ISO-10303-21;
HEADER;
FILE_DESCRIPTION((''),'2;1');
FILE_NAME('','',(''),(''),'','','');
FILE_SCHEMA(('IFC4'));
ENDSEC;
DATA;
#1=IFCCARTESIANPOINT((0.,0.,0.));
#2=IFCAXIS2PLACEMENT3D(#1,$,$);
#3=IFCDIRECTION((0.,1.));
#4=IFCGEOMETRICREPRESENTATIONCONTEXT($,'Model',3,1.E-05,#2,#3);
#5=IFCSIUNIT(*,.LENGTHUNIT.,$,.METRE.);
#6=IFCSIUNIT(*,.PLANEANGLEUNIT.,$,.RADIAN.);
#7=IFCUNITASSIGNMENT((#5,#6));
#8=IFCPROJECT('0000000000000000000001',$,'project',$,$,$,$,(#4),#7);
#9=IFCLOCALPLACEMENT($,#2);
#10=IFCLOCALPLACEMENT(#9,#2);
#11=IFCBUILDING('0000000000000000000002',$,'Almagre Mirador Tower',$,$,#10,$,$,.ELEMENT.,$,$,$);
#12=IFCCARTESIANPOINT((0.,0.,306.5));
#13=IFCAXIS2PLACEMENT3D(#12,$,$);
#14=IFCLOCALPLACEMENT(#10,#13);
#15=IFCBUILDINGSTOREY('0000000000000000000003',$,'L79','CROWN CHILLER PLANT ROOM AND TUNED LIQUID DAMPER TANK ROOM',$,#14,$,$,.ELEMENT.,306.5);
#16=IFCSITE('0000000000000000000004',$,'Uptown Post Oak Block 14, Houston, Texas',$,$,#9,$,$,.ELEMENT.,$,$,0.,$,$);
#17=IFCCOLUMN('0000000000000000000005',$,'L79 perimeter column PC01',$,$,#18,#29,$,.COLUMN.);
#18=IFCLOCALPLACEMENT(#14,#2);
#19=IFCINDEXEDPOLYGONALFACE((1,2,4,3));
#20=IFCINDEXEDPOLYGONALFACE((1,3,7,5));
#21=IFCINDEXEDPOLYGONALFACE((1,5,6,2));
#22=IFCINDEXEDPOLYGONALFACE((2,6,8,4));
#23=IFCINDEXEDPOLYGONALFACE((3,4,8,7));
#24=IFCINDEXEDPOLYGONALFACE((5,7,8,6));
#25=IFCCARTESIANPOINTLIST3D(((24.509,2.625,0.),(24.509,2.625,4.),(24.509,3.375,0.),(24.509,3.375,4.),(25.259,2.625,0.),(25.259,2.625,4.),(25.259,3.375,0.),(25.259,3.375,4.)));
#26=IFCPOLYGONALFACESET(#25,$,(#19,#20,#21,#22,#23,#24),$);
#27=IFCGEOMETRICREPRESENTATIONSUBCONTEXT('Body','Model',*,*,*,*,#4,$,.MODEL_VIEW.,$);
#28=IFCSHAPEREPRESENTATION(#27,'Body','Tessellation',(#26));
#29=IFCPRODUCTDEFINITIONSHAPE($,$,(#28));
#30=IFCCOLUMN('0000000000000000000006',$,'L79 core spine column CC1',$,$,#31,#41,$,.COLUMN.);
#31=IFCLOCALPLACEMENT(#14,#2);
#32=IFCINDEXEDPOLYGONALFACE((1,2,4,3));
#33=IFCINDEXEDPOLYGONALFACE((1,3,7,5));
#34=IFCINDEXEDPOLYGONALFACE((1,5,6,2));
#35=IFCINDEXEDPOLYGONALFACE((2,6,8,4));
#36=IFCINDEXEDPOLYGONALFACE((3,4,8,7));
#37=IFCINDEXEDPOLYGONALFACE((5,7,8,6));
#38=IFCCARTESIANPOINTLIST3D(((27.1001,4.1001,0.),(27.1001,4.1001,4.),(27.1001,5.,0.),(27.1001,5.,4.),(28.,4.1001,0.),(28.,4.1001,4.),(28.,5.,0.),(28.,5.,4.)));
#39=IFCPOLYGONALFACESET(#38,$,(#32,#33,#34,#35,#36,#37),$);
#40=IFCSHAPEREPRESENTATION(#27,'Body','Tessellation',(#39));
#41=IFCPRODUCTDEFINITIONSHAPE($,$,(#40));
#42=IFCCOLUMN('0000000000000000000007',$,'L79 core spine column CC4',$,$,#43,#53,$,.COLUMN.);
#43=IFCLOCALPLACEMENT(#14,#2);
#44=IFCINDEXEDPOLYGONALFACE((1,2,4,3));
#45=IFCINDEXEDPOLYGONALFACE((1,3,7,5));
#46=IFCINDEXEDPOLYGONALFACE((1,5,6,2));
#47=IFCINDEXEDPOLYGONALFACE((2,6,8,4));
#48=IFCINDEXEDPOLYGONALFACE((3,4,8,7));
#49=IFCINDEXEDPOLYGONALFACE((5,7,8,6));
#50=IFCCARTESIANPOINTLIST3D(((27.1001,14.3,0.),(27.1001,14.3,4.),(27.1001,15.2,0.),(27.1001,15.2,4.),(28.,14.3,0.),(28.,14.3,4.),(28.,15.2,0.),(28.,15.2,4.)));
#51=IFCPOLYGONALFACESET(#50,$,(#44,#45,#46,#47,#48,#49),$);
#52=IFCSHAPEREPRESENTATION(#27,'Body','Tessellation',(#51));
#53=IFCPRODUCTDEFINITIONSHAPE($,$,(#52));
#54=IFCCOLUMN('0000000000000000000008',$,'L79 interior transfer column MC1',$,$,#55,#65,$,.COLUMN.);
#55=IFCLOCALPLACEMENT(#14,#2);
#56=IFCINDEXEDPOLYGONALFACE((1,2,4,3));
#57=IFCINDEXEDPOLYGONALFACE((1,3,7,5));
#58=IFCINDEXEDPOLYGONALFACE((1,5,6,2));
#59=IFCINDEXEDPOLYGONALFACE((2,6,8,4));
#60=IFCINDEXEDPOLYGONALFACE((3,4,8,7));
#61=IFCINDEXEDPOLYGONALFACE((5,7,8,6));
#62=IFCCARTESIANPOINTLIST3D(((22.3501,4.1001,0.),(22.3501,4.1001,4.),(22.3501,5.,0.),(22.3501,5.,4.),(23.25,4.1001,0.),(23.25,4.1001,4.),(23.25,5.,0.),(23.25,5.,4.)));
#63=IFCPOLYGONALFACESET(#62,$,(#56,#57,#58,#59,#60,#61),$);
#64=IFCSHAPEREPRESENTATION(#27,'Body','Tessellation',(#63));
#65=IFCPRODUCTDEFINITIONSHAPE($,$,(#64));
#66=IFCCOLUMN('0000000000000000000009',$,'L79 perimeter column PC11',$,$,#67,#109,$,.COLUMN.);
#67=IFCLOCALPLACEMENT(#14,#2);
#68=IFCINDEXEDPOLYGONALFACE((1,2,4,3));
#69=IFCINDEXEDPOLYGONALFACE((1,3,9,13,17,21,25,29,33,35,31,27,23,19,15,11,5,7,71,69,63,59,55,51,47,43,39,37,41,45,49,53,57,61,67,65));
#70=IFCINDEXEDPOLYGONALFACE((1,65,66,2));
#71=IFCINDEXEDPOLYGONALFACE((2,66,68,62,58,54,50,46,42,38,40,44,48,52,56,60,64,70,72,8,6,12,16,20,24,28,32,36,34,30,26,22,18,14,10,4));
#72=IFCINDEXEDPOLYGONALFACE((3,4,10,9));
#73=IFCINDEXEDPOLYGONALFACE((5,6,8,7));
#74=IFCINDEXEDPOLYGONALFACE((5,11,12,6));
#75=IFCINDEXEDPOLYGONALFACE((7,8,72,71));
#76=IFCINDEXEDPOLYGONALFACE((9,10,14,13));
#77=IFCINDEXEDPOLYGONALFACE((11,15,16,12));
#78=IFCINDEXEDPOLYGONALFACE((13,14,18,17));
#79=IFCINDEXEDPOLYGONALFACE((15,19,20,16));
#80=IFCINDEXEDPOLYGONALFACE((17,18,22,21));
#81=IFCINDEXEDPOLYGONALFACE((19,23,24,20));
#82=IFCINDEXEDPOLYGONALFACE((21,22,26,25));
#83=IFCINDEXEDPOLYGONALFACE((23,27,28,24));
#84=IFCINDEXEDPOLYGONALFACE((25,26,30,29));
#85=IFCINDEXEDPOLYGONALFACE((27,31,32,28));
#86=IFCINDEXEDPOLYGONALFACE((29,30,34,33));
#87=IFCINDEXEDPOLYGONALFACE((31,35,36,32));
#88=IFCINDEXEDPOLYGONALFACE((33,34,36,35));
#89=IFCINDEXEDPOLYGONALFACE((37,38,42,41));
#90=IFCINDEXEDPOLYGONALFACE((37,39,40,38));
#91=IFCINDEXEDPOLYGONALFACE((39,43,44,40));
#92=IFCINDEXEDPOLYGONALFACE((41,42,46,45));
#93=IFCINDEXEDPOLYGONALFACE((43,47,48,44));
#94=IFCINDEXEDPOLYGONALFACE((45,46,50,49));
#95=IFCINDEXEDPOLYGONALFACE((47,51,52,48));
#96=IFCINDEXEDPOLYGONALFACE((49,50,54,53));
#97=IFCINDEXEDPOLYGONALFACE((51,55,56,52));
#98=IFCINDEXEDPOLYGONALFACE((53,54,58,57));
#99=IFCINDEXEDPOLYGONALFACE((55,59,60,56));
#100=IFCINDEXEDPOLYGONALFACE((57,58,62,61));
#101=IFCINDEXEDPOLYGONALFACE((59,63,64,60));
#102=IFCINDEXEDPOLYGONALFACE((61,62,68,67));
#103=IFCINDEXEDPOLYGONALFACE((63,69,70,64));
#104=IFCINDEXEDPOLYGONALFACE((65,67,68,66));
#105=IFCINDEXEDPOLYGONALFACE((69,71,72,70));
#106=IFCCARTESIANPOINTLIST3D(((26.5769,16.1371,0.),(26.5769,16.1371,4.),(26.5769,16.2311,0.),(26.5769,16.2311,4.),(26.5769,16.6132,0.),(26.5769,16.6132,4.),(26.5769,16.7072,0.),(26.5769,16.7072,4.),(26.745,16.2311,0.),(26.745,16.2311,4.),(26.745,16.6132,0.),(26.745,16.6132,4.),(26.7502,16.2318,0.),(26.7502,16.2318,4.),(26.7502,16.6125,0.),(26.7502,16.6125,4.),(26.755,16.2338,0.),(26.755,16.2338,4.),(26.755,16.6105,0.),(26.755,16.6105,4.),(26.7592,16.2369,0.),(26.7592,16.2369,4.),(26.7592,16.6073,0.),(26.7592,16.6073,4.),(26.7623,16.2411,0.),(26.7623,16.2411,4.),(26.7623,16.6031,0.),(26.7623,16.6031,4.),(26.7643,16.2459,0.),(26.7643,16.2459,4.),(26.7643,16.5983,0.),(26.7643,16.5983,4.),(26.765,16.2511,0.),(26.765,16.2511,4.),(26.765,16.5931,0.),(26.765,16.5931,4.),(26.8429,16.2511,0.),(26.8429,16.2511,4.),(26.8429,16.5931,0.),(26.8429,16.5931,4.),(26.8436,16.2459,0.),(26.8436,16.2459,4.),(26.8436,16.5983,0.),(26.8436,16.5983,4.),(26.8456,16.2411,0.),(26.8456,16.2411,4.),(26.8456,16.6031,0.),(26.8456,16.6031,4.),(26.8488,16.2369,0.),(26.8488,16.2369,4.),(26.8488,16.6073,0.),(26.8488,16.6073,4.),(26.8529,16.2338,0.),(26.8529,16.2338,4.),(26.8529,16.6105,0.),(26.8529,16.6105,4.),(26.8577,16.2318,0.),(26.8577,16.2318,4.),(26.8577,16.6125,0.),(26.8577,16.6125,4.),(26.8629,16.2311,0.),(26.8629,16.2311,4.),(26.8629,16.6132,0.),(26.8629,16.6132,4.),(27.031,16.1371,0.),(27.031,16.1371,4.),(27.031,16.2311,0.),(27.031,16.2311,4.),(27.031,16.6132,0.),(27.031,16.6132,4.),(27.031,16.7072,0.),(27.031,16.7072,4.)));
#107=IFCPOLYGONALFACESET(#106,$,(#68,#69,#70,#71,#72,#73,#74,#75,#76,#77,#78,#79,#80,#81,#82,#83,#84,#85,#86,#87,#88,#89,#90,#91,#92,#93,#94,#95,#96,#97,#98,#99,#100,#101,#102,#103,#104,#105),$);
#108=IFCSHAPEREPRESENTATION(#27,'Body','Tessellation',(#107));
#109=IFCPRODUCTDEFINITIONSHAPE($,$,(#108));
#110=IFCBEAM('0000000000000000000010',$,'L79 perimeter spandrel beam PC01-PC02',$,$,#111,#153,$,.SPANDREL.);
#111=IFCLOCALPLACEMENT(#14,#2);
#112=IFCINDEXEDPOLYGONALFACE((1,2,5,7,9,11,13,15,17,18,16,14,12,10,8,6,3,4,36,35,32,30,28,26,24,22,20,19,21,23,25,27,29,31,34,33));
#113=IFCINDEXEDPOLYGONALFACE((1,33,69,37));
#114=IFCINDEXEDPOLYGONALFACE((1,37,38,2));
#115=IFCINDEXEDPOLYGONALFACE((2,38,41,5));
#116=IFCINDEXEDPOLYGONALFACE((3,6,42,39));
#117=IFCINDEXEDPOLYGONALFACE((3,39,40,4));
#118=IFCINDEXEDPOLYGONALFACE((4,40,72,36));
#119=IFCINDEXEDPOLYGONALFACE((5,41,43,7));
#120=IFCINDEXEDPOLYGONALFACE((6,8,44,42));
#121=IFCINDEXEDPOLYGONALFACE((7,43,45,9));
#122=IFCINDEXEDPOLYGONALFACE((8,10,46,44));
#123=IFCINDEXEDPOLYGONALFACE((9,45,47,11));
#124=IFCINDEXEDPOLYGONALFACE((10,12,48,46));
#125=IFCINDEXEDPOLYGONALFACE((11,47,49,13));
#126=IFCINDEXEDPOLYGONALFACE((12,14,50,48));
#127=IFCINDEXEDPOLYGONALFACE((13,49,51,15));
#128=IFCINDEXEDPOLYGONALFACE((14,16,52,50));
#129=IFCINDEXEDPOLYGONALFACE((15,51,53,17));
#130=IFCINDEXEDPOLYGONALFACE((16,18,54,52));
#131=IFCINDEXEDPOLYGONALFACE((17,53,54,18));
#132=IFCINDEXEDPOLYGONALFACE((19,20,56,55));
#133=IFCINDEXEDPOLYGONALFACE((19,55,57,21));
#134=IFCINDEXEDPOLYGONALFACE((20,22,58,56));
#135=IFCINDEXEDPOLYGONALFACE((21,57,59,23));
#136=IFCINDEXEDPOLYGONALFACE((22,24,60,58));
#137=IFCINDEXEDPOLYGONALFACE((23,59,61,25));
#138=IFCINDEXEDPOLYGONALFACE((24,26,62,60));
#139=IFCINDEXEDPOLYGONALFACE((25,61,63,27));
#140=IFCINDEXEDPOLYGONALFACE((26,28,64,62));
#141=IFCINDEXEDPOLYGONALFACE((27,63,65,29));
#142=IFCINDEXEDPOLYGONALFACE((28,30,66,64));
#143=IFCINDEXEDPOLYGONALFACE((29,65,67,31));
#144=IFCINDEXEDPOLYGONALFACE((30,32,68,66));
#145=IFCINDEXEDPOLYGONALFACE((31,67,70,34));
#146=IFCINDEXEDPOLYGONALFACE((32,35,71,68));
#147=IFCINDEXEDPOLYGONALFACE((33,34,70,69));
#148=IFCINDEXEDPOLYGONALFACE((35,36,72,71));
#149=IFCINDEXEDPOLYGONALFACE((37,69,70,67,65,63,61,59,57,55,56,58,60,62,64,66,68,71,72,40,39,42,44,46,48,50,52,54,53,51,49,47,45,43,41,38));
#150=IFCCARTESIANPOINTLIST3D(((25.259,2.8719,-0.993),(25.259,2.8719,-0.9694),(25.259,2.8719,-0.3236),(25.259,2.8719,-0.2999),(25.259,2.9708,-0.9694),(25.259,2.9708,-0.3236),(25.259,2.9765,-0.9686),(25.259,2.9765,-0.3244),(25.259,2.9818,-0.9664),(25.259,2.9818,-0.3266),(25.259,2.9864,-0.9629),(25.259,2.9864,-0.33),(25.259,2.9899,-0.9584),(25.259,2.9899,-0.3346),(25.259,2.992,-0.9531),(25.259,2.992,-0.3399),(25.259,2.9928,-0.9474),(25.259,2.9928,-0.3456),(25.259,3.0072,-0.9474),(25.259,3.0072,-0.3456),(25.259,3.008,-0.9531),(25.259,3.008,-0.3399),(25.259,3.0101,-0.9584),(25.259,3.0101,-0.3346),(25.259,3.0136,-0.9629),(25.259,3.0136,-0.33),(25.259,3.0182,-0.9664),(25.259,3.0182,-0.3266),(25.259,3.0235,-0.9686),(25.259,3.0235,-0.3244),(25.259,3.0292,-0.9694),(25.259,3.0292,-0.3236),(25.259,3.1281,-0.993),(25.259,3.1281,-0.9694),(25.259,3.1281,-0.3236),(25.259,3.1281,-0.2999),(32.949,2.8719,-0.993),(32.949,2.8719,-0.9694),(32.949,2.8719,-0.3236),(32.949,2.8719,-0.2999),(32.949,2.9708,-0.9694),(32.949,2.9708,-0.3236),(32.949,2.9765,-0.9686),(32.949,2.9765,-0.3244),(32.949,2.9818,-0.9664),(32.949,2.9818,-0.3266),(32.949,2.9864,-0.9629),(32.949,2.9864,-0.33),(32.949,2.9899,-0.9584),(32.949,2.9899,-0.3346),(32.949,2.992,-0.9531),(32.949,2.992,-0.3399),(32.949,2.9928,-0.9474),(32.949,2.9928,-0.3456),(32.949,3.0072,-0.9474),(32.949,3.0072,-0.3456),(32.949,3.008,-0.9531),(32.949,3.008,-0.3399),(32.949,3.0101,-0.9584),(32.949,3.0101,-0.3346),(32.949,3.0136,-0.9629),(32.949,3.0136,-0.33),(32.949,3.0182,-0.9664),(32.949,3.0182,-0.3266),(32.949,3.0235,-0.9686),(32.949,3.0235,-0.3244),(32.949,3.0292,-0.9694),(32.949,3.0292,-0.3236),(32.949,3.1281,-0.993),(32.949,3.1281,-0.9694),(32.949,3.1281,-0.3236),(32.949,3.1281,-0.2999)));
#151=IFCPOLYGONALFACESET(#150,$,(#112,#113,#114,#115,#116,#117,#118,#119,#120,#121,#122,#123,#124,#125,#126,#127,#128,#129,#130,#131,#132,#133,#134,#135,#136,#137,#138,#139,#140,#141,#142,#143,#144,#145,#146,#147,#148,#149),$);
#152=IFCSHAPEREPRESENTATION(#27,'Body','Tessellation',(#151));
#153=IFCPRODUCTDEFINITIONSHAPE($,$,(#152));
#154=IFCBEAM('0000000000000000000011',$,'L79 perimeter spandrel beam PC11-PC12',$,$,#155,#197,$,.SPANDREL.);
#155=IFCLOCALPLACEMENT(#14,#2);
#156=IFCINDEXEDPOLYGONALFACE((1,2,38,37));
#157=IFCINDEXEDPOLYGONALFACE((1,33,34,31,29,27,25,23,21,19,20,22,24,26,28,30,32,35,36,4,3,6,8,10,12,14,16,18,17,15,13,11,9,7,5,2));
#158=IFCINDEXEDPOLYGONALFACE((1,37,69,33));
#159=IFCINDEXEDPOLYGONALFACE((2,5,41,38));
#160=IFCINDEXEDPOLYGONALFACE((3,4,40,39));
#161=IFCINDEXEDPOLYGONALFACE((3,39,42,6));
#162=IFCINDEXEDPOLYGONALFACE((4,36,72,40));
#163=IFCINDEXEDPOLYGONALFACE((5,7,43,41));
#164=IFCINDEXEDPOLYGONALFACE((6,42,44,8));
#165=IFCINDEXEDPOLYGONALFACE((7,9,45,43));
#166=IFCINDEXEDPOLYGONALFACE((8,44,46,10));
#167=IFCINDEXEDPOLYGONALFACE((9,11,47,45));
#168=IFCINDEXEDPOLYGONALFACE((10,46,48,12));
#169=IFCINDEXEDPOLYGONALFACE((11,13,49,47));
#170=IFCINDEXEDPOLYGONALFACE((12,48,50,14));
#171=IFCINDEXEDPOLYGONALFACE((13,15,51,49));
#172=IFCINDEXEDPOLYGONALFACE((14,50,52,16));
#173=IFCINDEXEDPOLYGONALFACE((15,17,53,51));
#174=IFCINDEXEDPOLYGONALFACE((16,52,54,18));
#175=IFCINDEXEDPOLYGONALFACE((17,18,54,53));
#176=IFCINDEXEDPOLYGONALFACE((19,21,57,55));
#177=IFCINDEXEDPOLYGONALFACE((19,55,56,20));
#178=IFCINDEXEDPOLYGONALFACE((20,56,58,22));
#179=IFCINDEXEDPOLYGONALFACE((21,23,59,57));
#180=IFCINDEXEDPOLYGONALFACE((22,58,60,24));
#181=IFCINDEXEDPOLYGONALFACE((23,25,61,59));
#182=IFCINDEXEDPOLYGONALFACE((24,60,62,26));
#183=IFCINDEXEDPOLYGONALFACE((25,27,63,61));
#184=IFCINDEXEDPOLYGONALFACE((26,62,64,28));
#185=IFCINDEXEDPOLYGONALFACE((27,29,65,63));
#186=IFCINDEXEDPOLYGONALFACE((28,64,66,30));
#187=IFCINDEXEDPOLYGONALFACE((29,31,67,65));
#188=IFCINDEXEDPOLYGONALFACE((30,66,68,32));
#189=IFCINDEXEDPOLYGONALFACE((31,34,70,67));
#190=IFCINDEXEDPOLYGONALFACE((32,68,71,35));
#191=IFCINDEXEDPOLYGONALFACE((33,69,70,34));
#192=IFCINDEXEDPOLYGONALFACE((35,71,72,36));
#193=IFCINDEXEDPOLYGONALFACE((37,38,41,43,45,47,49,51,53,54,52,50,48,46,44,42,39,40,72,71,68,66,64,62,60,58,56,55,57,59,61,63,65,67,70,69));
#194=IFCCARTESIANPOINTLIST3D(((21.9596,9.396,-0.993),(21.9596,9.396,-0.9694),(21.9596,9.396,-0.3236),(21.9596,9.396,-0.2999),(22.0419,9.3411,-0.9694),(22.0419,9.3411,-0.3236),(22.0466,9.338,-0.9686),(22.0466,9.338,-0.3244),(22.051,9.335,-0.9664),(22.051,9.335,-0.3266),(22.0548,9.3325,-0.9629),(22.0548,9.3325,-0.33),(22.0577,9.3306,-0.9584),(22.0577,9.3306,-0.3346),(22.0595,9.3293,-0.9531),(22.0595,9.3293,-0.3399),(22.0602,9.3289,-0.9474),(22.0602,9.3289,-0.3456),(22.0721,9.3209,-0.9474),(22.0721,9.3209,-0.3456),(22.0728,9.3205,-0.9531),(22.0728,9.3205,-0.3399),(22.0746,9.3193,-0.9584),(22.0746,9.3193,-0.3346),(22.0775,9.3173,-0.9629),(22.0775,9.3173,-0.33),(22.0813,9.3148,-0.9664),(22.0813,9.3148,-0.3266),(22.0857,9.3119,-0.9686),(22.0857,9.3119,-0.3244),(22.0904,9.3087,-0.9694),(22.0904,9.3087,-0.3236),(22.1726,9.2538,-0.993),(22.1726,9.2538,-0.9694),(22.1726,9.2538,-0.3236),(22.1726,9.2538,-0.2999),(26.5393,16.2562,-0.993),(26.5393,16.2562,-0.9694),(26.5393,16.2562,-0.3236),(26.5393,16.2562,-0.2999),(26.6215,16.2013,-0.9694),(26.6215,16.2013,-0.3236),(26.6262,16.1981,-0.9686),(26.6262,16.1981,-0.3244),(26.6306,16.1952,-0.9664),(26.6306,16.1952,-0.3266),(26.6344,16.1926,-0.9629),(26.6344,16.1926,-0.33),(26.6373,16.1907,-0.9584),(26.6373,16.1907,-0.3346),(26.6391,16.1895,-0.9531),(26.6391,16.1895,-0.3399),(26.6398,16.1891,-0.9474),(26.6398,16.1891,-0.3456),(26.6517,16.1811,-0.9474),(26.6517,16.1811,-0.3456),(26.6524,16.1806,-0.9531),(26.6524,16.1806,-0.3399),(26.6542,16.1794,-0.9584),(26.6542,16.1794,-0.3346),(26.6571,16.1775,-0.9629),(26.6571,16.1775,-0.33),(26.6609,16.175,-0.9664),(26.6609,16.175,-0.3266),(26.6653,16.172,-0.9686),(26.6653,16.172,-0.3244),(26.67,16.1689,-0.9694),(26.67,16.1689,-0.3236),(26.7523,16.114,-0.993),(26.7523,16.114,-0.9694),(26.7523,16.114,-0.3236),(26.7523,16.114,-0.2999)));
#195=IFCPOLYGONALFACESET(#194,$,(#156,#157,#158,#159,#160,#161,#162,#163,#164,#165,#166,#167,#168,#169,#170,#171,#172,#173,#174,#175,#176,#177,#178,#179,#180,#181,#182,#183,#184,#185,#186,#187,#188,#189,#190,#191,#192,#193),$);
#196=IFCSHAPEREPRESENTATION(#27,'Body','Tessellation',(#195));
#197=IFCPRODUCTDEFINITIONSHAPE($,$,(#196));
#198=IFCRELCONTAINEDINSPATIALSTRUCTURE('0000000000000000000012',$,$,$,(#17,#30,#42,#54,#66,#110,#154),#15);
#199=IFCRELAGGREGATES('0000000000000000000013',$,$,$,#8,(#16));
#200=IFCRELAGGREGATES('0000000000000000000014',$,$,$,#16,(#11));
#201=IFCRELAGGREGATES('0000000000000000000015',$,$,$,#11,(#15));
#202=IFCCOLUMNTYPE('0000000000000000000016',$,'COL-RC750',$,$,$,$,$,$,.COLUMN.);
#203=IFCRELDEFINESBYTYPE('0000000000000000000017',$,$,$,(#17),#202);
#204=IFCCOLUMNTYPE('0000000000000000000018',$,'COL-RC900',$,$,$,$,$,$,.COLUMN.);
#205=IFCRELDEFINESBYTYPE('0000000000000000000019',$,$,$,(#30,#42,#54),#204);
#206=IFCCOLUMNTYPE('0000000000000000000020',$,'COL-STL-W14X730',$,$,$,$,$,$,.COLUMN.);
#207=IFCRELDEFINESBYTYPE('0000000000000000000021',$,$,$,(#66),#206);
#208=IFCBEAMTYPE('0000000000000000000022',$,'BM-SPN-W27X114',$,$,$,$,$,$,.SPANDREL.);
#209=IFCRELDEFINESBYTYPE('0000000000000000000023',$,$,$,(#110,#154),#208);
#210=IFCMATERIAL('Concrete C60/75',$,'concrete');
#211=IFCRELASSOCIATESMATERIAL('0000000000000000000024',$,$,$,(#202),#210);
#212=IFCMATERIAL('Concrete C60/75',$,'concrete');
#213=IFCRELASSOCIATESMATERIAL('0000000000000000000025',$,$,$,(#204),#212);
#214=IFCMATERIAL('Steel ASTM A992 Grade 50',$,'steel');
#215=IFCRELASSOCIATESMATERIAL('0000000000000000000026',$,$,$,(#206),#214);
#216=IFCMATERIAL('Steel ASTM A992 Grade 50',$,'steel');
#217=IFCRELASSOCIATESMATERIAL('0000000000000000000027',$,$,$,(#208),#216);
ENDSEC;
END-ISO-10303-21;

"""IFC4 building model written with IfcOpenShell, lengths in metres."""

from ifc_helpers import new_model, si_unit, direction, frame, origin, origin_2d, place, context, subcontext, project, spatial, rectangle, i_section, extrude, material, material_profile, profile_set, type_object, element, save


model = new_model("IFC4")

# Units and contexts
model_context = context("Model", 3, precision=1e-05, world=origin(), true_north=direction((0.0, 1.0)))
body_context = subcontext(model_context, "Body", "Model", "MODEL_VIEW")
ifc_project = project(units=[si_unit("LENGTHUNIT", "METRE"), si_unit("PLANEANGLEUNIT", "RADIAN")], contexts=[model_context])

# Site, building, storey
site_placement = place(None, origin())
site = spatial("IfcSite", under=ifc_project, at=site_placement, Name="Uptown Post Oak Block 14, Houston, Texas", CompositionType="ELEMENT", RefElevation=0.0)
building_placement = place(site_placement, origin())
building = spatial("IfcBuilding", under=site, at=building_placement, Name="Almagre Mirador Tower", CompositionType="ELEMENT")
storey_placement = place(building_placement, frame((0.0, 0.0, 306.5)))
storey = spatial("IfcBuildingStorey", under=building, at=storey_placement, Name="L79", Description="CROWN CHILLER PLANT ROOM AND TUNED LIQUID DAMPER TANK ROOM", CompositionType="ELEMENT", Elevation=306.5)

# Columns
ifc_material_1 = material(Name="Concrete C60/75", Category="concrete")
ifc_material_profile_1 = material_profile(ifc_material_1, rectangle(XDim=0.75, YDim=0.75, at=origin_2d()), Name="RC750X750")
ifc_profile_set_1 = profile_set([ifc_material_profile_1], Name="Concrete C60/75")
column_type_1 = type_object("IfcColumnType", Name="COL-RC750", PredefinedType="COLUMN", material=ifc_profile_set_1)
column_1_placement = place(storey_placement, frame((24.884, 3.0, 0.0), z_axis=(0.0, 0.0, 1.0), x_axis=(1.0, 0.0, 0.0)))
element("IfcColumn", 1, at=column_1_placement, inside=storey, type_object=column_type_1, Name="L79 perimeter column PC01", PredefinedType="COLUMN", context=body_context, shape_type="SweptSolid", body=[
    extrude(rectangle(XDim=0.75, YDim=0.75, at=origin_2d()), origin(), (0.0, 0.0, 1.0), 4.0),
])
ifc_material_2 = material(Name="Concrete C60/75", Category="concrete")
ifc_material_profile_2 = material_profile(ifc_material_2, rectangle(XDim=0.8999, YDim=0.8999, at=origin_2d()), Name="RC900X900")
ifc_profile_set_2 = profile_set([ifc_material_profile_2], Name="Concrete C60/75")
column_type_2 = type_object("IfcColumnType", Name="COL-RC900", PredefinedType="COLUMN", material=ifc_profile_set_2)
for number, where, z_axis, x_axis, name in (
    (2, (27.55, 4.55, 0.0), (0.0, 0.0, 1.0), (1.0, 0.0, 0.0), "L79 core spine column CC1"),
    (3, (27.55, 14.75, 0.0), (0.0, 0.0, 1.0), (1.0, 0.0, 0.0), "L79 core spine column CC4"),
    (4, (22.8, 4.55, 0.0), (0.0, 0.0, 1.0), (1.0, 0.0, 0.0), "L79 interior transfer column MC1"),
):
    element("IfcColumn", number, at=place(storey_placement, frame(where, z_axis=z_axis, x_axis=x_axis)), inside=storey, type_object=column_type_2, Name=name, PredefinedType="COLUMN", context=body_context, shape_type="SweptSolid", body=[
        extrude(rectangle(XDim=0.8999, YDim=0.8999, at=origin_2d()), origin(), (0.0, 0.0, 1.0), 4.0),
    ])
ifc_material_3 = material(Name="Steel ASTM A992 Grade 50", Category="steel")
ifc_material_profile_3 = material_profile(ifc_material_3, i_section(OverallWidth=0.4541, OverallDepth=0.5701, WebThickness=0.0779, FlangeThickness=0.094, FilletRadius=0.02, at=origin_2d()), Name="W14X730")
ifc_profile_set_3 = profile_set([ifc_material_profile_3], Name="Steel ASTM A992 Grade 50")
column_type_3 = type_object("IfcColumnType", Name="COL-STL-W14X730", PredefinedType="COLUMN", material=ifc_profile_set_3)
column_2_placement = place(storey_placement, frame((26.804, 16.4221, 0.0), z_axis=(0.0, 0.0, 1.0), x_axis=(1.0, 0.0, 0.0)))
element("IfcColumn", 5, at=column_2_placement, inside=storey, type_object=column_type_3, Name="L79 perimeter column PC11", PredefinedType="COLUMN", context=body_context, shape_type="SweptSolid", body=[
    extrude(i_section(OverallWidth=0.4541, OverallDepth=0.5701, WebThickness=0.0779, FlangeThickness=0.094, FilletRadius=0.02, at=origin_2d()), origin(), (0.0, 0.0, 1.0), 4.0),
])

# Beams
ifc_material_4 = material(Name="Steel ASTM A992 Grade 50", Category="steel")
ifc_material_profile_4 = material_profile(ifc_material_4, i_section(OverallWidth=0.2561, OverallDepth=0.6931, WebThickness=0.0144, FlangeThickness=0.0237, FilletRadius=0.022, at=origin_2d()), Name="W27X114")
ifc_profile_set_4 = profile_set([ifc_material_profile_4], Name="Steel ASTM A992 Grade 50")
beam_type_1 = type_object("IfcBeamType", Name="BM-SPN-W27X114", PredefinedType="SPANDREL", material=ifc_profile_set_4)
beam_1_placement = place(storey_placement, frame((25.259, 3.0, -0.6465), z_axis=(1.0, 0.0, 0.0), x_axis=(0.0, 1.0, 0.0)))
element("IfcBeam", 6, at=beam_1_placement, inside=storey, type_object=beam_type_1, Name="L79 perimeter spandrel beam PC01-PC02", PredefinedType="SPANDREL", context=body_context, shape_type="SweptSolid", body=[
    extrude(i_section(OverallWidth=0.2561, OverallDepth=0.6931, WebThickness=0.0144, FlangeThickness=0.0237, FilletRadius=0.022, at=origin_2d()), origin(), (0.0, 0.0, 1.0), 7.6899),
])
beam_2_placement = place(storey_placement, frame((26.6458, 16.1851, -0.6465), z_axis=(-0.555219, -0.831704, 0.0), x_axis=(0.831704, -0.555219, 0.0)))
element("IfcBeam", 7, at=beam_2_placement, inside=storey, type_object=beam_type_1, Name="L79 perimeter spandrel beam PC11-PC12", PredefinedType="SPANDREL", context=body_context, shape_type="SweptSolid", body=[
    extrude(i_section(OverallWidth=0.2561, OverallDepth=0.6931, WebThickness=0.0144, FlangeThickness=0.0237, FilletRadius=0.022, at=origin_2d()), origin(), (0.0, 0.0, 1.0), 8.2483),
])

save(model, "model.ifc")
